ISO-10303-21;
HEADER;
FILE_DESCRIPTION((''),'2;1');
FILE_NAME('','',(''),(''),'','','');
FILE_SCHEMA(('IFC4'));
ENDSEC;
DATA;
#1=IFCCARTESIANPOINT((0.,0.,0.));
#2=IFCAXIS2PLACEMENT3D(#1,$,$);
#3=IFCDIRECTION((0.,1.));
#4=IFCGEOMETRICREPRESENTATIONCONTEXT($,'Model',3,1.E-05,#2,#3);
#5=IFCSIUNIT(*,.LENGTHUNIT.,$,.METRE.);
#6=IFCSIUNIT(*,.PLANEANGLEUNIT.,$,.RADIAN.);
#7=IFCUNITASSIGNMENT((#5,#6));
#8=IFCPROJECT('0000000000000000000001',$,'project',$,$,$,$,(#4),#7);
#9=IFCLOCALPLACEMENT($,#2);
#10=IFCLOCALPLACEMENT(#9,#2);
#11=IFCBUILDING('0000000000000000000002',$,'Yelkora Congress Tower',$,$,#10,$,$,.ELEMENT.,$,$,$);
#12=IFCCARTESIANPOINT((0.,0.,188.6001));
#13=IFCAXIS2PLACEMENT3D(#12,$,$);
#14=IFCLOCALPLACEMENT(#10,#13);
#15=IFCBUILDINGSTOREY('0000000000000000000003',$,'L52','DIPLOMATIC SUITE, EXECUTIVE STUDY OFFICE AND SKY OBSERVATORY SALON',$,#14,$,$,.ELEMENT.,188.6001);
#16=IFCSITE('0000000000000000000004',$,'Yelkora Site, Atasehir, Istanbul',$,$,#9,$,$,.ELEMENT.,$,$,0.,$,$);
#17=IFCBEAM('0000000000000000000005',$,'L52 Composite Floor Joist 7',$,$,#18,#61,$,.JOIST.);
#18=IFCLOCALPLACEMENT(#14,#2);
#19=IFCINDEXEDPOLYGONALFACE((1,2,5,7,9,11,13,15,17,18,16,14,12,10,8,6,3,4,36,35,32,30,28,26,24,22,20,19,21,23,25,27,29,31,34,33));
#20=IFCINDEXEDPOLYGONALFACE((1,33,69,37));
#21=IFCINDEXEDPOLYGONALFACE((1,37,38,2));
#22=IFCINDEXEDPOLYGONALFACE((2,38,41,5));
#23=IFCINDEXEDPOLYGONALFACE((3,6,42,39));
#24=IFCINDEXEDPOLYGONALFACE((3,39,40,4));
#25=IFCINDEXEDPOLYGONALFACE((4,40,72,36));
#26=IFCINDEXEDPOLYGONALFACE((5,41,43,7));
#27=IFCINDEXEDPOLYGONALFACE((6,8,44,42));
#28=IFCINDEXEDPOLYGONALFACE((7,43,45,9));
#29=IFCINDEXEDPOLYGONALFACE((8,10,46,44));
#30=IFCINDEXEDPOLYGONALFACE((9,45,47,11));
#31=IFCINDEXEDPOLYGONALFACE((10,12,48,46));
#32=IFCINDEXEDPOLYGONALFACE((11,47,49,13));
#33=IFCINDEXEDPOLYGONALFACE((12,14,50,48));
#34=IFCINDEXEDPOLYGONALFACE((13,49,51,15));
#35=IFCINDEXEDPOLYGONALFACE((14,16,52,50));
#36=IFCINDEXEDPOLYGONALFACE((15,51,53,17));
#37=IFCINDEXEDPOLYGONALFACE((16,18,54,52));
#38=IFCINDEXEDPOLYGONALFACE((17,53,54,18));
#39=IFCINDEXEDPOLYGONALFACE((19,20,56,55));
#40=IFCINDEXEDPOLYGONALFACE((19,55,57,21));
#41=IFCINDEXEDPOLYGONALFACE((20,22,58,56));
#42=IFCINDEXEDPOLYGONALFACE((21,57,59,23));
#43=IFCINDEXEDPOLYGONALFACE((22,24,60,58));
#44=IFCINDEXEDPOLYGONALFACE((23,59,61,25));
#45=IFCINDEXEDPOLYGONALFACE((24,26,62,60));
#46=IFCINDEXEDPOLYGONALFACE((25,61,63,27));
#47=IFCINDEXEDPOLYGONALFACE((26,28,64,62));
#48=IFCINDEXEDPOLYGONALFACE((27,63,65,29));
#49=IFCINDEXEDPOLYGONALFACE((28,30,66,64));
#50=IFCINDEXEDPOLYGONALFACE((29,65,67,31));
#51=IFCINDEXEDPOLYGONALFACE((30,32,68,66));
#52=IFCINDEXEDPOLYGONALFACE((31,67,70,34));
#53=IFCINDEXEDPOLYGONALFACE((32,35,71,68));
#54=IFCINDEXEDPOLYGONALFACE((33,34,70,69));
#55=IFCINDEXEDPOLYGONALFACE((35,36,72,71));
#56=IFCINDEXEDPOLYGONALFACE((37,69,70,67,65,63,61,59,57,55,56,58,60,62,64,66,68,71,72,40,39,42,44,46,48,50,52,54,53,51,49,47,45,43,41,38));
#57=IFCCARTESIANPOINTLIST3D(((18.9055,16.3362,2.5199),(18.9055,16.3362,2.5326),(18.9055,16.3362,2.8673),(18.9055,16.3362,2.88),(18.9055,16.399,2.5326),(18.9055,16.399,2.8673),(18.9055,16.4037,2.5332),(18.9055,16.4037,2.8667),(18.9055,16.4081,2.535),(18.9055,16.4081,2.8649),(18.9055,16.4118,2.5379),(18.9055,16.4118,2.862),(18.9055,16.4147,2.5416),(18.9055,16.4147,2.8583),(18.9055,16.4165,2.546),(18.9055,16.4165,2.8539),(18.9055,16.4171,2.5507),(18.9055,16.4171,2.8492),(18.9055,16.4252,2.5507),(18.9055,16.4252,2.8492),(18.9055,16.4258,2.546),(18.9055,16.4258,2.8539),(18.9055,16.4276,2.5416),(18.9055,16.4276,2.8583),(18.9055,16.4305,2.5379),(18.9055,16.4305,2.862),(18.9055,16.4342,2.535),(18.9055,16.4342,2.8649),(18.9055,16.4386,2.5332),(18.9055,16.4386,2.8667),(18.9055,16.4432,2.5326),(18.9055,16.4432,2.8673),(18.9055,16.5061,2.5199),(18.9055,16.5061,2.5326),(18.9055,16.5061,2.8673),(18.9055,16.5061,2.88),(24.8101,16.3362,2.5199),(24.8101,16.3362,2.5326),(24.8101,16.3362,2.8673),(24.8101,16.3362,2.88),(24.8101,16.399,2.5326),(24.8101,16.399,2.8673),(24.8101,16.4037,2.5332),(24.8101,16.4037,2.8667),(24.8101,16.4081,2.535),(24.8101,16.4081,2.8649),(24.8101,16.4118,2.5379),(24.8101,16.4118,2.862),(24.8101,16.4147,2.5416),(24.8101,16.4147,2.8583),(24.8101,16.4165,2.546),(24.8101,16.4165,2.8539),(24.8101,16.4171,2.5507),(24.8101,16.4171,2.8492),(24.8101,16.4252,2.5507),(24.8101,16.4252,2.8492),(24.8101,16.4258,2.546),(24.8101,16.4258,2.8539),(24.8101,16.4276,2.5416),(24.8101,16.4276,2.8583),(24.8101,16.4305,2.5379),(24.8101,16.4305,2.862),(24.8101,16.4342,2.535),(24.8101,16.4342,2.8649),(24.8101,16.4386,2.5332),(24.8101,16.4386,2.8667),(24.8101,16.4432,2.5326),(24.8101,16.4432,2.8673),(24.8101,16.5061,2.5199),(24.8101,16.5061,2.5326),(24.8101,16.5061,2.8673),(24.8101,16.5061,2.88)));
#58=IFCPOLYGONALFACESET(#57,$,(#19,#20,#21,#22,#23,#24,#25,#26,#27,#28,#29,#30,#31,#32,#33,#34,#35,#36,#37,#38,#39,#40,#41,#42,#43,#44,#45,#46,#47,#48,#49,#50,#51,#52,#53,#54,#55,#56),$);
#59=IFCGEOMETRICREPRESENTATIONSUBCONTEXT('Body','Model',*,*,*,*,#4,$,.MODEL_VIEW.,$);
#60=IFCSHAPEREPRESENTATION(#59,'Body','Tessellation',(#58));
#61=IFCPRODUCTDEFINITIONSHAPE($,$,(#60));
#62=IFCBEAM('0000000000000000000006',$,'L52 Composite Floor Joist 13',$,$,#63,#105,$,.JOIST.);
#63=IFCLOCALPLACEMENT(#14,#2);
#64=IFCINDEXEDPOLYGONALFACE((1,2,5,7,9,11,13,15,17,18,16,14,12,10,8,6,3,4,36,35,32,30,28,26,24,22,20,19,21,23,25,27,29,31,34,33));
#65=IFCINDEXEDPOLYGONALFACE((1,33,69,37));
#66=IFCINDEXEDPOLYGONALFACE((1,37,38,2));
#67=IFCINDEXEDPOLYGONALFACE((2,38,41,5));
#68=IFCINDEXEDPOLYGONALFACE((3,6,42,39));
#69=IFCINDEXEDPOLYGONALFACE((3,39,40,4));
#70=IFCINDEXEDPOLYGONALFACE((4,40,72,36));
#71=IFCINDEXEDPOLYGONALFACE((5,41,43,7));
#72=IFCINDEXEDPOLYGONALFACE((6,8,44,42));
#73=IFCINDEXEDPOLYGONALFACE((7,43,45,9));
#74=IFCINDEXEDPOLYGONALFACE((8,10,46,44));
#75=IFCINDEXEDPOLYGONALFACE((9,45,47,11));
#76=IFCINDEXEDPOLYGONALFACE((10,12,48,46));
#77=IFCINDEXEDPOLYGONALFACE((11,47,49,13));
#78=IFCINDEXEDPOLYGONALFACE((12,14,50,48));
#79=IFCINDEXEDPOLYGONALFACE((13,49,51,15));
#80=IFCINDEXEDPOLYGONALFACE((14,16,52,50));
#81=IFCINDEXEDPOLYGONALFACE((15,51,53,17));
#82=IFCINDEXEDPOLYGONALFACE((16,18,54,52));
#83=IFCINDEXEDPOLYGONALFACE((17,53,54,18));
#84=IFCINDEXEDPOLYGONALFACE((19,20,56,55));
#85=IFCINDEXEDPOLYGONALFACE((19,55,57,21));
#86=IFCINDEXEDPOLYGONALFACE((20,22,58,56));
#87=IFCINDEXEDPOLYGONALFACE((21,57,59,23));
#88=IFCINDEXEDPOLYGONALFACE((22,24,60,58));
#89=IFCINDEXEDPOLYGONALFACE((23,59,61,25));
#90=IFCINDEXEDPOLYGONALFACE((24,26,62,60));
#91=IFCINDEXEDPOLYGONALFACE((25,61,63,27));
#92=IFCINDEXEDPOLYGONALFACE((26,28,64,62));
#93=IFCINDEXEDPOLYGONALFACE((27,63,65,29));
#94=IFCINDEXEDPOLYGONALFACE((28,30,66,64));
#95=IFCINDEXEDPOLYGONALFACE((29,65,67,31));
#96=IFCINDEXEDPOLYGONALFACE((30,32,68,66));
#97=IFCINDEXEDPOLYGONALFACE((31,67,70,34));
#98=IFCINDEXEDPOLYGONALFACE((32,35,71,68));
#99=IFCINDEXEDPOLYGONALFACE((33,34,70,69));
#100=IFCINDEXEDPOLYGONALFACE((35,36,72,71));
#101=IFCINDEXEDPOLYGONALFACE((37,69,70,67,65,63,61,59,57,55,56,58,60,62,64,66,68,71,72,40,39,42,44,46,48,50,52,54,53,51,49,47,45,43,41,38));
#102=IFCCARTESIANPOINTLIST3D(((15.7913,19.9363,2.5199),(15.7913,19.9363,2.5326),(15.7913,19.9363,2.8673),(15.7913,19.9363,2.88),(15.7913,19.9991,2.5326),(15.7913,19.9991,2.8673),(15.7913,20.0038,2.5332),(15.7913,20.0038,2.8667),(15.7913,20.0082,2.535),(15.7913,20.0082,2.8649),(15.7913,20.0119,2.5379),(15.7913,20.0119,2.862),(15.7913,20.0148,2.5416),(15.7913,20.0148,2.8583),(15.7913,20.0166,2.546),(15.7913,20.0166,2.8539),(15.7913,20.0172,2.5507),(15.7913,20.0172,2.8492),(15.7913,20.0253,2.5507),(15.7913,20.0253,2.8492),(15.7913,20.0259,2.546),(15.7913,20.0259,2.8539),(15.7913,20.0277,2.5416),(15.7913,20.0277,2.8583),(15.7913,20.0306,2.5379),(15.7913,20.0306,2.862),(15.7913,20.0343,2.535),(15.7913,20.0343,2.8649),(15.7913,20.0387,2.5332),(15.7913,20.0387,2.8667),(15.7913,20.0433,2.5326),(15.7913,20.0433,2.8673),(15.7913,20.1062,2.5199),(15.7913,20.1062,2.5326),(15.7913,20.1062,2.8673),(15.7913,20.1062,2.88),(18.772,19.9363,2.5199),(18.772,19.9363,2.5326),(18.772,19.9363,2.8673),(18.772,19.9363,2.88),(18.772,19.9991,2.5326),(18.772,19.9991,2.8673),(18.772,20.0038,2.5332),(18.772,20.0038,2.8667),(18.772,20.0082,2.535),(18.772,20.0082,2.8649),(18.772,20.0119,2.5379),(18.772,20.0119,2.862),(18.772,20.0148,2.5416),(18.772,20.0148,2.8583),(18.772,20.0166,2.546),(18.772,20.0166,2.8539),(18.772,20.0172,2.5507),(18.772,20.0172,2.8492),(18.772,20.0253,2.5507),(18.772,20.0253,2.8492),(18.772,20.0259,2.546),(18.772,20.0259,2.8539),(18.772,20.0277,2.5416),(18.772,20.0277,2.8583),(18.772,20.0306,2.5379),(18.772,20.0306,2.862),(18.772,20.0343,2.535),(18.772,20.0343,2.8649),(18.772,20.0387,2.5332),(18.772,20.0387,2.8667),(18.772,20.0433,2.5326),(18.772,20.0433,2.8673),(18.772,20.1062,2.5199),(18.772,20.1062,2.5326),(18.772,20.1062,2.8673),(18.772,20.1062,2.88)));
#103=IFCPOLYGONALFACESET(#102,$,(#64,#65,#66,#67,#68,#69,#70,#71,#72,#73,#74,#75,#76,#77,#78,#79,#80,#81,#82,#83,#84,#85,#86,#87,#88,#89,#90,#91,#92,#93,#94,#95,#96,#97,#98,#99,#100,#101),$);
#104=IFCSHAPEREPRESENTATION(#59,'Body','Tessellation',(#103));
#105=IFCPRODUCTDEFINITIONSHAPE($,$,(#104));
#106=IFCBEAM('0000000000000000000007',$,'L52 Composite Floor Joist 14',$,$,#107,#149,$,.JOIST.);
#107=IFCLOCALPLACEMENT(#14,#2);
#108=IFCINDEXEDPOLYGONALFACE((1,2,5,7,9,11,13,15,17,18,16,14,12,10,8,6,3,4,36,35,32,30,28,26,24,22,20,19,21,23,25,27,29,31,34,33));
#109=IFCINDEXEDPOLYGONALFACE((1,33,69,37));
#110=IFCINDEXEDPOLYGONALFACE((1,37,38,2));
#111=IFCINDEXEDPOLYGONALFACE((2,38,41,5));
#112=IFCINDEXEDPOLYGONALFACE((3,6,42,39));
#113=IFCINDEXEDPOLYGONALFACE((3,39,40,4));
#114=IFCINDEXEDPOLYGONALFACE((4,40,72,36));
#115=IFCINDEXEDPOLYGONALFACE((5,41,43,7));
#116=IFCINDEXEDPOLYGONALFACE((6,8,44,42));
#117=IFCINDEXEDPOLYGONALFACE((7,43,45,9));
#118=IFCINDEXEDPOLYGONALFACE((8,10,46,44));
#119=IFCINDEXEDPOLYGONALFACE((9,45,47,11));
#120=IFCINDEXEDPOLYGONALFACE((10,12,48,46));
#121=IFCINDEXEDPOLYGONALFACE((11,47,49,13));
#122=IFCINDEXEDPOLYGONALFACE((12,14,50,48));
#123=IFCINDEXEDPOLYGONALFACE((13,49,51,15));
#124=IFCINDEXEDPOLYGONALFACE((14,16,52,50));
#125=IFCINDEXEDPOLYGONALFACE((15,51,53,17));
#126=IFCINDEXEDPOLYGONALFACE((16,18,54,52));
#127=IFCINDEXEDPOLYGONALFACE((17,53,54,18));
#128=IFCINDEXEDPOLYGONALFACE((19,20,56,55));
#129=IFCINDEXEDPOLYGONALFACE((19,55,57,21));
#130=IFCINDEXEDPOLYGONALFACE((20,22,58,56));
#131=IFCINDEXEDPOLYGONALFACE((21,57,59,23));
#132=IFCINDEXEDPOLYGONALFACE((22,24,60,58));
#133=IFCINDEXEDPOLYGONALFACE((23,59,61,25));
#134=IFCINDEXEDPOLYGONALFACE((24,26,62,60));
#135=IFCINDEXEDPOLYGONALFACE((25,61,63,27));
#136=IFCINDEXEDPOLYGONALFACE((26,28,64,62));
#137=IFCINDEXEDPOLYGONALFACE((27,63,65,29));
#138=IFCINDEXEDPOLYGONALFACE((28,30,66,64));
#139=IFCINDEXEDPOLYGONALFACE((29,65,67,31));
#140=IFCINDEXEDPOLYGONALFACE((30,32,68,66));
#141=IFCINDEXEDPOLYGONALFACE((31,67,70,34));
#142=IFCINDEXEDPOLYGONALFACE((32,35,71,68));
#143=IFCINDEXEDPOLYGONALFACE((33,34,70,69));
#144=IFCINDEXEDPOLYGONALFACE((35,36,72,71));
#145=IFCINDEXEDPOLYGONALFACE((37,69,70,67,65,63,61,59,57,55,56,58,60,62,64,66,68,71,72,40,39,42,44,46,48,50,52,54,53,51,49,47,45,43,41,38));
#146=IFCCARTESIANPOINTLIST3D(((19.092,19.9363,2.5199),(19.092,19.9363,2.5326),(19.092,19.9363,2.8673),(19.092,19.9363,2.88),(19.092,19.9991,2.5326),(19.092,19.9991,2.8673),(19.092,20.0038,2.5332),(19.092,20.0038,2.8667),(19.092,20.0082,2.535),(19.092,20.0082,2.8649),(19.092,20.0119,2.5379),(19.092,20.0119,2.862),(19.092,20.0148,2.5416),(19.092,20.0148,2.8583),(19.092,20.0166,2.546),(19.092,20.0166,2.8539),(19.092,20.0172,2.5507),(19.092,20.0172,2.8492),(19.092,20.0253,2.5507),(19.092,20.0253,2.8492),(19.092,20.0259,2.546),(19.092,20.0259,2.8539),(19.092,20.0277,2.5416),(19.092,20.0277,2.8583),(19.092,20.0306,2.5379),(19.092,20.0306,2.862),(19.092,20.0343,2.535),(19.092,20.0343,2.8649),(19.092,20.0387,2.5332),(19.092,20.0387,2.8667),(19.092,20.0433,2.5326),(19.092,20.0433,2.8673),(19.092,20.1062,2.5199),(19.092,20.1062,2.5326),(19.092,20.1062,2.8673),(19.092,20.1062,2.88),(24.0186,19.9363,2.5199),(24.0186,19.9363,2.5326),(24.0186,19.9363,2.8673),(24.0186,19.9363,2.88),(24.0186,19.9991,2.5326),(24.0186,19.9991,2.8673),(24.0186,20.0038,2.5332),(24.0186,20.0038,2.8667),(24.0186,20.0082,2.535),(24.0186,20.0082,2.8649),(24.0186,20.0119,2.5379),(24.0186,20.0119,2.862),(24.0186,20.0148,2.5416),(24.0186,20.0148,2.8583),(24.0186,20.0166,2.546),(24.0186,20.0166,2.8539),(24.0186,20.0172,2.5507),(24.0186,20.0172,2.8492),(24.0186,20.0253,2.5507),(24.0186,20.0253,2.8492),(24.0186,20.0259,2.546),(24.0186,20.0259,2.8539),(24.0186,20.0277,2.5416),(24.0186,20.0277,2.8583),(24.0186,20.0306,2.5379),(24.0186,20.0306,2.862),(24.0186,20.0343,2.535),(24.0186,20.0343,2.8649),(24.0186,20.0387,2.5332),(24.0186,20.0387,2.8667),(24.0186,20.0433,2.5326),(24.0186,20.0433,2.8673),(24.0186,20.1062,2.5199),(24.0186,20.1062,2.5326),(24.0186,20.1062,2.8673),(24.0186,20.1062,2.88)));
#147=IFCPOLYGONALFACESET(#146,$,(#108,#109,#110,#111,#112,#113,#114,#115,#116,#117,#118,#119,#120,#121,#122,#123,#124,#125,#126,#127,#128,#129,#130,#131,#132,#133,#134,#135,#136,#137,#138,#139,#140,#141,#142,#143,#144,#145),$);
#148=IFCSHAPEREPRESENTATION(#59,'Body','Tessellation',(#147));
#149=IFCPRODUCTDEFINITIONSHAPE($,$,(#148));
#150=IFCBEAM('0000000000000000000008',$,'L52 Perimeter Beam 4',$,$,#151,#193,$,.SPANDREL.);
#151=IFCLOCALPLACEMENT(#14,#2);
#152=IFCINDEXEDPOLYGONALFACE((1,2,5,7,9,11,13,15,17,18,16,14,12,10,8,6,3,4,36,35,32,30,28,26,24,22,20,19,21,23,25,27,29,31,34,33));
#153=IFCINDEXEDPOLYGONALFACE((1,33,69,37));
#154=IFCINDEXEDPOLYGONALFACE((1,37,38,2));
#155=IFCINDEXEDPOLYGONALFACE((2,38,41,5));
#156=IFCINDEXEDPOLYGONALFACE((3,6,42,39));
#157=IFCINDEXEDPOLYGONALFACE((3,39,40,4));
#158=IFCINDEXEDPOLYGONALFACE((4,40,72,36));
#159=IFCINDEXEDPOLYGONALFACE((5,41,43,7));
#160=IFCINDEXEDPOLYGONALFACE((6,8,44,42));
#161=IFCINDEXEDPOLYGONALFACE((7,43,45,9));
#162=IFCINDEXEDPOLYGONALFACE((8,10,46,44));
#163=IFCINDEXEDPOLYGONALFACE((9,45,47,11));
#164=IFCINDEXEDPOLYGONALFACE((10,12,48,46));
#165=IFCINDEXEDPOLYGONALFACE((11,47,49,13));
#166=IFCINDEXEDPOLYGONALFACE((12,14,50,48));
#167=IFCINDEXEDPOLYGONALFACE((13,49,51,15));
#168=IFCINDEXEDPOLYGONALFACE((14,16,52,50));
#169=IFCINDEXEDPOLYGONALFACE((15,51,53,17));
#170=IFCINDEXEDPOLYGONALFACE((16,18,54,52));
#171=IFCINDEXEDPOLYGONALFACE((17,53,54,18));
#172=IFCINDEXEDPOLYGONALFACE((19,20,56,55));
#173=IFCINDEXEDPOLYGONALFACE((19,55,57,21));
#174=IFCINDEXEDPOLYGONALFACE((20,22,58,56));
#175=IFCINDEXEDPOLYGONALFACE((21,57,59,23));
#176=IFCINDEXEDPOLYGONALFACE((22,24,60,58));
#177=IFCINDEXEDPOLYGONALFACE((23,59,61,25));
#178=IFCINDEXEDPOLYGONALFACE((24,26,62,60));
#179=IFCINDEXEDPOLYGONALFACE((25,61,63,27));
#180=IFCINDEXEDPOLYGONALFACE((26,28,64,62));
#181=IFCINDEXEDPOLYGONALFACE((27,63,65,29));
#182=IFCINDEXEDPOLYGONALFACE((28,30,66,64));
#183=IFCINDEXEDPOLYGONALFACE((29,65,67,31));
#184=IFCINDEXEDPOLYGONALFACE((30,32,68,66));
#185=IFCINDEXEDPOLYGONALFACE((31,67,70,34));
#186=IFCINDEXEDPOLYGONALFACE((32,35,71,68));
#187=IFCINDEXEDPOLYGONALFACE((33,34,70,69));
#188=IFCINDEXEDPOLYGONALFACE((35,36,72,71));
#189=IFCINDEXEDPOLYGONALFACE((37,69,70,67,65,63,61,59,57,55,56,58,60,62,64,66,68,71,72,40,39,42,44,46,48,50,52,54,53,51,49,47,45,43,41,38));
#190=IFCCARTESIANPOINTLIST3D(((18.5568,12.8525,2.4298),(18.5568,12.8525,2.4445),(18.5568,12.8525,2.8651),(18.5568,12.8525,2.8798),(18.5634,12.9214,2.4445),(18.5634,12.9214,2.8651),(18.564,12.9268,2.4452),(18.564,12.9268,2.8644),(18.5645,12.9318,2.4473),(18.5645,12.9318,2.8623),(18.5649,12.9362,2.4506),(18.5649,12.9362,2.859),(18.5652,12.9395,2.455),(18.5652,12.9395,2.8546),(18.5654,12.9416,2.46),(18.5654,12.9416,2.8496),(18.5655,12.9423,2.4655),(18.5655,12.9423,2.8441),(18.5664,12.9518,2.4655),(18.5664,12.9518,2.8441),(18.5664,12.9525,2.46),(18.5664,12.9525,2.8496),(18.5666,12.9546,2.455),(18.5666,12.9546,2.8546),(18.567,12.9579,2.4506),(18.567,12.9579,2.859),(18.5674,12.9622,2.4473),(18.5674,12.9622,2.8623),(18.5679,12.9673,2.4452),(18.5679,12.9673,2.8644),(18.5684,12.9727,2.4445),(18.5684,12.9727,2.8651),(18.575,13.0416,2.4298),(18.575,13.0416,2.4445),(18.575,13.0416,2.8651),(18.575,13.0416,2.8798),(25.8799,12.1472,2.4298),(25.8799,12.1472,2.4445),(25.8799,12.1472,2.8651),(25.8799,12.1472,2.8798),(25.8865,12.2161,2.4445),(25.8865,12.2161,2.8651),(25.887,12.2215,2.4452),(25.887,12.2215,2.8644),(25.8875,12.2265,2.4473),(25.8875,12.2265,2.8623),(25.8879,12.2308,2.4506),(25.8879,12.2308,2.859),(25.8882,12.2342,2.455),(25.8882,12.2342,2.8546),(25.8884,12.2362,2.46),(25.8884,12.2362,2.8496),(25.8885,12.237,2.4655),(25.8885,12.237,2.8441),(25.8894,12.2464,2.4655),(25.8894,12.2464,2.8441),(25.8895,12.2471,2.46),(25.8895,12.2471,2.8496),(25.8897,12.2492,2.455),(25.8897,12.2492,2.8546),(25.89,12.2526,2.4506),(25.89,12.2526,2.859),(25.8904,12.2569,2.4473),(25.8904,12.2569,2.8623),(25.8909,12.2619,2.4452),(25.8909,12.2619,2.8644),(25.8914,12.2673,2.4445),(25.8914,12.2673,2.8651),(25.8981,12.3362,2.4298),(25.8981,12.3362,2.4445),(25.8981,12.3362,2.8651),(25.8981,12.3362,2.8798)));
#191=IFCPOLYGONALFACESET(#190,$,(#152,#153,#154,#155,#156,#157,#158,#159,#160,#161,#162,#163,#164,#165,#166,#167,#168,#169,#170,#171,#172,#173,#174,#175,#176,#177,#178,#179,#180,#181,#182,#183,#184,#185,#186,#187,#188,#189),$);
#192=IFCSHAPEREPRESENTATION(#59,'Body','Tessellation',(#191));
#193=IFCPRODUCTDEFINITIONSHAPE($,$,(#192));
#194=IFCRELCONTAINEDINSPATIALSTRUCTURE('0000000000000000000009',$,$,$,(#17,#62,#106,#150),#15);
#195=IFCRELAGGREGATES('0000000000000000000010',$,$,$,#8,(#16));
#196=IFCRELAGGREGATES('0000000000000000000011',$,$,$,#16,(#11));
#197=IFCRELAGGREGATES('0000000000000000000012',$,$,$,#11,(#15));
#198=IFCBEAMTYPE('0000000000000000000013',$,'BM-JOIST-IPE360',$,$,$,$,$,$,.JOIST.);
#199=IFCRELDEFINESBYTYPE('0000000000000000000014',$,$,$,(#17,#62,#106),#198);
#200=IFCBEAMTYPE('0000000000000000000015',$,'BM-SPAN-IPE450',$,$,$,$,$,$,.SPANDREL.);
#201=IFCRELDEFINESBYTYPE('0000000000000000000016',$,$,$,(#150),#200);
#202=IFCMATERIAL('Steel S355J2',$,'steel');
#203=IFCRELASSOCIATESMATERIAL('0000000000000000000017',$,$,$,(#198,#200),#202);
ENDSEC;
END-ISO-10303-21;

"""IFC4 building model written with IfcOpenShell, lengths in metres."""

from ifc_helpers import new_model, si_unit, direction, frame, origin, origin_2d, place, context, subcontext, project, spatial, i_section, extrude, material, material_profile, profile_set, type_object, element, save


model = new_model("IFC4")

# Units and contexts
model_context = context("Model", 3, precision=1e-05, world=origin(), true_north=direction((0.0, 1.0)))
body_context = subcontext(model_context, "Body", "Model", "MODEL_VIEW")
ifc_project = project(units=[si_unit("LENGTHUNIT", "METRE"), si_unit("PLANEANGLEUNIT", "RADIAN")], contexts=[model_context])

# Site, building, storey
site_placement = place(None, origin())
site = spatial("IfcSite", under=ifc_project, at=site_placement, Name="Yelkora Site, Atasehir, Istanbul", CompositionType="ELEMENT", RefElevation=0.0)
building_placement = place(site_placement, origin())
building = spatial("IfcBuilding", under=site, at=building_placement, Name="Yelkora Congress Tower", CompositionType="ELEMENT")
storey_placement = place(building_placement, frame((0.0, 0.0, 188.6001)))
storey = spatial("IfcBuildingStorey", under=building, at=storey_placement, Name="L52", Description="DIPLOMATIC SUITE, EXECUTIVE STUDY OFFICE AND SKY OBSERVATORY SALON", CompositionType="ELEMENT", Elevation=188.6001)

# Beams
ifc_material_1 = material(Name="Steel S355J2", Category="steel")
ifc_material_profile_1 = material_profile(ifc_material_1, i_section(OverallWidth=0.1699, OverallDepth=0.3601, WebThickness=0.0081, FlangeThickness=0.0127, FilletRadius=0.0181, at=origin_2d()), Name="IPE 360")
ifc_profile_set_1 = profile_set([ifc_material_profile_1], Name="Steel S355J2")
beam_type_1 = type_object("IfcBeamType", Name="BM-JOIST-IPE360", PredefinedType="JOIST", material=ifc_profile_set_1)
beam_1_placement = place(storey_placement, frame((18.9055, 16.4211, 2.7), z_axis=(1.0, 0.0, 0.0), x_axis=(0.0, 1.0, 0.0)))
element("IfcBeam", 1, at=beam_1_placement, inside=storey, type_object=beam_type_1, Name="L52 Composite Floor Joist 7", PredefinedType="JOIST", context=body_context, shape_type="SweptSolid", body=[
    extrude(i_section(OverallWidth=0.1699, OverallDepth=0.3601, WebThickness=0.0081, FlangeThickness=0.0127, FilletRadius=0.0181, at=origin_2d()), origin(), (0.0, 0.0, 1.0), 5.9045),
])
beam_2_placement = place(storey_placement, frame((15.7913, 20.0212, 2.7), z_axis=(1.0, 0.0, 0.0), x_axis=(0.0, 1.0, 0.0)))
element("IfcBeam", 2, at=beam_2_placement, inside=storey, type_object=beam_type_1, Name="L52 Composite Floor Joist 13", PredefinedType="JOIST", context=body_context, shape_type="SweptSolid", body=[
    extrude(i_section(OverallWidth=0.1699, OverallDepth=0.3601, WebThickness=0.0081, FlangeThickness=0.0127, FilletRadius=0.0181, at=origin_2d()), origin(), (0.0, 0.0, 1.0), 2.9807),
])
beam_3_placement = place(storey_placement, frame((19.092, 20.0212, 2.7), z_axis=(1.0, 0.0, 0.0), x_axis=(0.0, 1.0, 0.0)))
element("IfcBeam", 3, at=beam_3_placement, inside=storey, type_object=beam_type_1, Name="L52 Composite Floor Joist 14", PredefinedType="JOIST", context=body_context, shape_type="SweptSolid", body=[
    extrude(i_section(OverallWidth=0.1699, OverallDepth=0.3601, WebThickness=0.0081, FlangeThickness=0.0127, FilletRadius=0.0181, at=origin_2d()), origin(), (0.0, 0.0, 1.0), 4.9265),
])
ifc_material_profile_2 = material_profile(ifc_material_1, i_section(OverallWidth=0.1899, OverallDepth=0.45, WebThickness=0.0095, FlangeThickness=0.0146, FilletRadius=0.021, at=origin_2d()), Name="IPE 450")
ifc_profile_set_2 = profile_set([ifc_material_profile_2], Name="Steel S355J2")
beam_type_2 = type_object("IfcBeamType", Name="BM-SPAN-IPE450", PredefinedType="SPANDREL", material=ifc_profile_set_2)
beam_4_placement = place(storey_placement, frame((18.5659, 12.947, 2.6548), z_axis=(0.995394, -0.095872, 0.0), x_axis=(0.095872, 0.995394, 0.0)))
element("IfcBeam", 4, at=beam_4_placement, inside=storey, type_object=beam_type_2, Name="L52 Perimeter Beam 4", PredefinedType="SPANDREL", context=body_context, shape_type="SweptSolid", body=[
    extrude(i_section(OverallWidth=0.1899, OverallDepth=0.45, WebThickness=0.0095, FlangeThickness=0.0146, FilletRadius=0.021, at=origin_2d()), origin(), (0.0, 0.0, 1.0), 7.3569),
])

save(model, "model.ifc")
